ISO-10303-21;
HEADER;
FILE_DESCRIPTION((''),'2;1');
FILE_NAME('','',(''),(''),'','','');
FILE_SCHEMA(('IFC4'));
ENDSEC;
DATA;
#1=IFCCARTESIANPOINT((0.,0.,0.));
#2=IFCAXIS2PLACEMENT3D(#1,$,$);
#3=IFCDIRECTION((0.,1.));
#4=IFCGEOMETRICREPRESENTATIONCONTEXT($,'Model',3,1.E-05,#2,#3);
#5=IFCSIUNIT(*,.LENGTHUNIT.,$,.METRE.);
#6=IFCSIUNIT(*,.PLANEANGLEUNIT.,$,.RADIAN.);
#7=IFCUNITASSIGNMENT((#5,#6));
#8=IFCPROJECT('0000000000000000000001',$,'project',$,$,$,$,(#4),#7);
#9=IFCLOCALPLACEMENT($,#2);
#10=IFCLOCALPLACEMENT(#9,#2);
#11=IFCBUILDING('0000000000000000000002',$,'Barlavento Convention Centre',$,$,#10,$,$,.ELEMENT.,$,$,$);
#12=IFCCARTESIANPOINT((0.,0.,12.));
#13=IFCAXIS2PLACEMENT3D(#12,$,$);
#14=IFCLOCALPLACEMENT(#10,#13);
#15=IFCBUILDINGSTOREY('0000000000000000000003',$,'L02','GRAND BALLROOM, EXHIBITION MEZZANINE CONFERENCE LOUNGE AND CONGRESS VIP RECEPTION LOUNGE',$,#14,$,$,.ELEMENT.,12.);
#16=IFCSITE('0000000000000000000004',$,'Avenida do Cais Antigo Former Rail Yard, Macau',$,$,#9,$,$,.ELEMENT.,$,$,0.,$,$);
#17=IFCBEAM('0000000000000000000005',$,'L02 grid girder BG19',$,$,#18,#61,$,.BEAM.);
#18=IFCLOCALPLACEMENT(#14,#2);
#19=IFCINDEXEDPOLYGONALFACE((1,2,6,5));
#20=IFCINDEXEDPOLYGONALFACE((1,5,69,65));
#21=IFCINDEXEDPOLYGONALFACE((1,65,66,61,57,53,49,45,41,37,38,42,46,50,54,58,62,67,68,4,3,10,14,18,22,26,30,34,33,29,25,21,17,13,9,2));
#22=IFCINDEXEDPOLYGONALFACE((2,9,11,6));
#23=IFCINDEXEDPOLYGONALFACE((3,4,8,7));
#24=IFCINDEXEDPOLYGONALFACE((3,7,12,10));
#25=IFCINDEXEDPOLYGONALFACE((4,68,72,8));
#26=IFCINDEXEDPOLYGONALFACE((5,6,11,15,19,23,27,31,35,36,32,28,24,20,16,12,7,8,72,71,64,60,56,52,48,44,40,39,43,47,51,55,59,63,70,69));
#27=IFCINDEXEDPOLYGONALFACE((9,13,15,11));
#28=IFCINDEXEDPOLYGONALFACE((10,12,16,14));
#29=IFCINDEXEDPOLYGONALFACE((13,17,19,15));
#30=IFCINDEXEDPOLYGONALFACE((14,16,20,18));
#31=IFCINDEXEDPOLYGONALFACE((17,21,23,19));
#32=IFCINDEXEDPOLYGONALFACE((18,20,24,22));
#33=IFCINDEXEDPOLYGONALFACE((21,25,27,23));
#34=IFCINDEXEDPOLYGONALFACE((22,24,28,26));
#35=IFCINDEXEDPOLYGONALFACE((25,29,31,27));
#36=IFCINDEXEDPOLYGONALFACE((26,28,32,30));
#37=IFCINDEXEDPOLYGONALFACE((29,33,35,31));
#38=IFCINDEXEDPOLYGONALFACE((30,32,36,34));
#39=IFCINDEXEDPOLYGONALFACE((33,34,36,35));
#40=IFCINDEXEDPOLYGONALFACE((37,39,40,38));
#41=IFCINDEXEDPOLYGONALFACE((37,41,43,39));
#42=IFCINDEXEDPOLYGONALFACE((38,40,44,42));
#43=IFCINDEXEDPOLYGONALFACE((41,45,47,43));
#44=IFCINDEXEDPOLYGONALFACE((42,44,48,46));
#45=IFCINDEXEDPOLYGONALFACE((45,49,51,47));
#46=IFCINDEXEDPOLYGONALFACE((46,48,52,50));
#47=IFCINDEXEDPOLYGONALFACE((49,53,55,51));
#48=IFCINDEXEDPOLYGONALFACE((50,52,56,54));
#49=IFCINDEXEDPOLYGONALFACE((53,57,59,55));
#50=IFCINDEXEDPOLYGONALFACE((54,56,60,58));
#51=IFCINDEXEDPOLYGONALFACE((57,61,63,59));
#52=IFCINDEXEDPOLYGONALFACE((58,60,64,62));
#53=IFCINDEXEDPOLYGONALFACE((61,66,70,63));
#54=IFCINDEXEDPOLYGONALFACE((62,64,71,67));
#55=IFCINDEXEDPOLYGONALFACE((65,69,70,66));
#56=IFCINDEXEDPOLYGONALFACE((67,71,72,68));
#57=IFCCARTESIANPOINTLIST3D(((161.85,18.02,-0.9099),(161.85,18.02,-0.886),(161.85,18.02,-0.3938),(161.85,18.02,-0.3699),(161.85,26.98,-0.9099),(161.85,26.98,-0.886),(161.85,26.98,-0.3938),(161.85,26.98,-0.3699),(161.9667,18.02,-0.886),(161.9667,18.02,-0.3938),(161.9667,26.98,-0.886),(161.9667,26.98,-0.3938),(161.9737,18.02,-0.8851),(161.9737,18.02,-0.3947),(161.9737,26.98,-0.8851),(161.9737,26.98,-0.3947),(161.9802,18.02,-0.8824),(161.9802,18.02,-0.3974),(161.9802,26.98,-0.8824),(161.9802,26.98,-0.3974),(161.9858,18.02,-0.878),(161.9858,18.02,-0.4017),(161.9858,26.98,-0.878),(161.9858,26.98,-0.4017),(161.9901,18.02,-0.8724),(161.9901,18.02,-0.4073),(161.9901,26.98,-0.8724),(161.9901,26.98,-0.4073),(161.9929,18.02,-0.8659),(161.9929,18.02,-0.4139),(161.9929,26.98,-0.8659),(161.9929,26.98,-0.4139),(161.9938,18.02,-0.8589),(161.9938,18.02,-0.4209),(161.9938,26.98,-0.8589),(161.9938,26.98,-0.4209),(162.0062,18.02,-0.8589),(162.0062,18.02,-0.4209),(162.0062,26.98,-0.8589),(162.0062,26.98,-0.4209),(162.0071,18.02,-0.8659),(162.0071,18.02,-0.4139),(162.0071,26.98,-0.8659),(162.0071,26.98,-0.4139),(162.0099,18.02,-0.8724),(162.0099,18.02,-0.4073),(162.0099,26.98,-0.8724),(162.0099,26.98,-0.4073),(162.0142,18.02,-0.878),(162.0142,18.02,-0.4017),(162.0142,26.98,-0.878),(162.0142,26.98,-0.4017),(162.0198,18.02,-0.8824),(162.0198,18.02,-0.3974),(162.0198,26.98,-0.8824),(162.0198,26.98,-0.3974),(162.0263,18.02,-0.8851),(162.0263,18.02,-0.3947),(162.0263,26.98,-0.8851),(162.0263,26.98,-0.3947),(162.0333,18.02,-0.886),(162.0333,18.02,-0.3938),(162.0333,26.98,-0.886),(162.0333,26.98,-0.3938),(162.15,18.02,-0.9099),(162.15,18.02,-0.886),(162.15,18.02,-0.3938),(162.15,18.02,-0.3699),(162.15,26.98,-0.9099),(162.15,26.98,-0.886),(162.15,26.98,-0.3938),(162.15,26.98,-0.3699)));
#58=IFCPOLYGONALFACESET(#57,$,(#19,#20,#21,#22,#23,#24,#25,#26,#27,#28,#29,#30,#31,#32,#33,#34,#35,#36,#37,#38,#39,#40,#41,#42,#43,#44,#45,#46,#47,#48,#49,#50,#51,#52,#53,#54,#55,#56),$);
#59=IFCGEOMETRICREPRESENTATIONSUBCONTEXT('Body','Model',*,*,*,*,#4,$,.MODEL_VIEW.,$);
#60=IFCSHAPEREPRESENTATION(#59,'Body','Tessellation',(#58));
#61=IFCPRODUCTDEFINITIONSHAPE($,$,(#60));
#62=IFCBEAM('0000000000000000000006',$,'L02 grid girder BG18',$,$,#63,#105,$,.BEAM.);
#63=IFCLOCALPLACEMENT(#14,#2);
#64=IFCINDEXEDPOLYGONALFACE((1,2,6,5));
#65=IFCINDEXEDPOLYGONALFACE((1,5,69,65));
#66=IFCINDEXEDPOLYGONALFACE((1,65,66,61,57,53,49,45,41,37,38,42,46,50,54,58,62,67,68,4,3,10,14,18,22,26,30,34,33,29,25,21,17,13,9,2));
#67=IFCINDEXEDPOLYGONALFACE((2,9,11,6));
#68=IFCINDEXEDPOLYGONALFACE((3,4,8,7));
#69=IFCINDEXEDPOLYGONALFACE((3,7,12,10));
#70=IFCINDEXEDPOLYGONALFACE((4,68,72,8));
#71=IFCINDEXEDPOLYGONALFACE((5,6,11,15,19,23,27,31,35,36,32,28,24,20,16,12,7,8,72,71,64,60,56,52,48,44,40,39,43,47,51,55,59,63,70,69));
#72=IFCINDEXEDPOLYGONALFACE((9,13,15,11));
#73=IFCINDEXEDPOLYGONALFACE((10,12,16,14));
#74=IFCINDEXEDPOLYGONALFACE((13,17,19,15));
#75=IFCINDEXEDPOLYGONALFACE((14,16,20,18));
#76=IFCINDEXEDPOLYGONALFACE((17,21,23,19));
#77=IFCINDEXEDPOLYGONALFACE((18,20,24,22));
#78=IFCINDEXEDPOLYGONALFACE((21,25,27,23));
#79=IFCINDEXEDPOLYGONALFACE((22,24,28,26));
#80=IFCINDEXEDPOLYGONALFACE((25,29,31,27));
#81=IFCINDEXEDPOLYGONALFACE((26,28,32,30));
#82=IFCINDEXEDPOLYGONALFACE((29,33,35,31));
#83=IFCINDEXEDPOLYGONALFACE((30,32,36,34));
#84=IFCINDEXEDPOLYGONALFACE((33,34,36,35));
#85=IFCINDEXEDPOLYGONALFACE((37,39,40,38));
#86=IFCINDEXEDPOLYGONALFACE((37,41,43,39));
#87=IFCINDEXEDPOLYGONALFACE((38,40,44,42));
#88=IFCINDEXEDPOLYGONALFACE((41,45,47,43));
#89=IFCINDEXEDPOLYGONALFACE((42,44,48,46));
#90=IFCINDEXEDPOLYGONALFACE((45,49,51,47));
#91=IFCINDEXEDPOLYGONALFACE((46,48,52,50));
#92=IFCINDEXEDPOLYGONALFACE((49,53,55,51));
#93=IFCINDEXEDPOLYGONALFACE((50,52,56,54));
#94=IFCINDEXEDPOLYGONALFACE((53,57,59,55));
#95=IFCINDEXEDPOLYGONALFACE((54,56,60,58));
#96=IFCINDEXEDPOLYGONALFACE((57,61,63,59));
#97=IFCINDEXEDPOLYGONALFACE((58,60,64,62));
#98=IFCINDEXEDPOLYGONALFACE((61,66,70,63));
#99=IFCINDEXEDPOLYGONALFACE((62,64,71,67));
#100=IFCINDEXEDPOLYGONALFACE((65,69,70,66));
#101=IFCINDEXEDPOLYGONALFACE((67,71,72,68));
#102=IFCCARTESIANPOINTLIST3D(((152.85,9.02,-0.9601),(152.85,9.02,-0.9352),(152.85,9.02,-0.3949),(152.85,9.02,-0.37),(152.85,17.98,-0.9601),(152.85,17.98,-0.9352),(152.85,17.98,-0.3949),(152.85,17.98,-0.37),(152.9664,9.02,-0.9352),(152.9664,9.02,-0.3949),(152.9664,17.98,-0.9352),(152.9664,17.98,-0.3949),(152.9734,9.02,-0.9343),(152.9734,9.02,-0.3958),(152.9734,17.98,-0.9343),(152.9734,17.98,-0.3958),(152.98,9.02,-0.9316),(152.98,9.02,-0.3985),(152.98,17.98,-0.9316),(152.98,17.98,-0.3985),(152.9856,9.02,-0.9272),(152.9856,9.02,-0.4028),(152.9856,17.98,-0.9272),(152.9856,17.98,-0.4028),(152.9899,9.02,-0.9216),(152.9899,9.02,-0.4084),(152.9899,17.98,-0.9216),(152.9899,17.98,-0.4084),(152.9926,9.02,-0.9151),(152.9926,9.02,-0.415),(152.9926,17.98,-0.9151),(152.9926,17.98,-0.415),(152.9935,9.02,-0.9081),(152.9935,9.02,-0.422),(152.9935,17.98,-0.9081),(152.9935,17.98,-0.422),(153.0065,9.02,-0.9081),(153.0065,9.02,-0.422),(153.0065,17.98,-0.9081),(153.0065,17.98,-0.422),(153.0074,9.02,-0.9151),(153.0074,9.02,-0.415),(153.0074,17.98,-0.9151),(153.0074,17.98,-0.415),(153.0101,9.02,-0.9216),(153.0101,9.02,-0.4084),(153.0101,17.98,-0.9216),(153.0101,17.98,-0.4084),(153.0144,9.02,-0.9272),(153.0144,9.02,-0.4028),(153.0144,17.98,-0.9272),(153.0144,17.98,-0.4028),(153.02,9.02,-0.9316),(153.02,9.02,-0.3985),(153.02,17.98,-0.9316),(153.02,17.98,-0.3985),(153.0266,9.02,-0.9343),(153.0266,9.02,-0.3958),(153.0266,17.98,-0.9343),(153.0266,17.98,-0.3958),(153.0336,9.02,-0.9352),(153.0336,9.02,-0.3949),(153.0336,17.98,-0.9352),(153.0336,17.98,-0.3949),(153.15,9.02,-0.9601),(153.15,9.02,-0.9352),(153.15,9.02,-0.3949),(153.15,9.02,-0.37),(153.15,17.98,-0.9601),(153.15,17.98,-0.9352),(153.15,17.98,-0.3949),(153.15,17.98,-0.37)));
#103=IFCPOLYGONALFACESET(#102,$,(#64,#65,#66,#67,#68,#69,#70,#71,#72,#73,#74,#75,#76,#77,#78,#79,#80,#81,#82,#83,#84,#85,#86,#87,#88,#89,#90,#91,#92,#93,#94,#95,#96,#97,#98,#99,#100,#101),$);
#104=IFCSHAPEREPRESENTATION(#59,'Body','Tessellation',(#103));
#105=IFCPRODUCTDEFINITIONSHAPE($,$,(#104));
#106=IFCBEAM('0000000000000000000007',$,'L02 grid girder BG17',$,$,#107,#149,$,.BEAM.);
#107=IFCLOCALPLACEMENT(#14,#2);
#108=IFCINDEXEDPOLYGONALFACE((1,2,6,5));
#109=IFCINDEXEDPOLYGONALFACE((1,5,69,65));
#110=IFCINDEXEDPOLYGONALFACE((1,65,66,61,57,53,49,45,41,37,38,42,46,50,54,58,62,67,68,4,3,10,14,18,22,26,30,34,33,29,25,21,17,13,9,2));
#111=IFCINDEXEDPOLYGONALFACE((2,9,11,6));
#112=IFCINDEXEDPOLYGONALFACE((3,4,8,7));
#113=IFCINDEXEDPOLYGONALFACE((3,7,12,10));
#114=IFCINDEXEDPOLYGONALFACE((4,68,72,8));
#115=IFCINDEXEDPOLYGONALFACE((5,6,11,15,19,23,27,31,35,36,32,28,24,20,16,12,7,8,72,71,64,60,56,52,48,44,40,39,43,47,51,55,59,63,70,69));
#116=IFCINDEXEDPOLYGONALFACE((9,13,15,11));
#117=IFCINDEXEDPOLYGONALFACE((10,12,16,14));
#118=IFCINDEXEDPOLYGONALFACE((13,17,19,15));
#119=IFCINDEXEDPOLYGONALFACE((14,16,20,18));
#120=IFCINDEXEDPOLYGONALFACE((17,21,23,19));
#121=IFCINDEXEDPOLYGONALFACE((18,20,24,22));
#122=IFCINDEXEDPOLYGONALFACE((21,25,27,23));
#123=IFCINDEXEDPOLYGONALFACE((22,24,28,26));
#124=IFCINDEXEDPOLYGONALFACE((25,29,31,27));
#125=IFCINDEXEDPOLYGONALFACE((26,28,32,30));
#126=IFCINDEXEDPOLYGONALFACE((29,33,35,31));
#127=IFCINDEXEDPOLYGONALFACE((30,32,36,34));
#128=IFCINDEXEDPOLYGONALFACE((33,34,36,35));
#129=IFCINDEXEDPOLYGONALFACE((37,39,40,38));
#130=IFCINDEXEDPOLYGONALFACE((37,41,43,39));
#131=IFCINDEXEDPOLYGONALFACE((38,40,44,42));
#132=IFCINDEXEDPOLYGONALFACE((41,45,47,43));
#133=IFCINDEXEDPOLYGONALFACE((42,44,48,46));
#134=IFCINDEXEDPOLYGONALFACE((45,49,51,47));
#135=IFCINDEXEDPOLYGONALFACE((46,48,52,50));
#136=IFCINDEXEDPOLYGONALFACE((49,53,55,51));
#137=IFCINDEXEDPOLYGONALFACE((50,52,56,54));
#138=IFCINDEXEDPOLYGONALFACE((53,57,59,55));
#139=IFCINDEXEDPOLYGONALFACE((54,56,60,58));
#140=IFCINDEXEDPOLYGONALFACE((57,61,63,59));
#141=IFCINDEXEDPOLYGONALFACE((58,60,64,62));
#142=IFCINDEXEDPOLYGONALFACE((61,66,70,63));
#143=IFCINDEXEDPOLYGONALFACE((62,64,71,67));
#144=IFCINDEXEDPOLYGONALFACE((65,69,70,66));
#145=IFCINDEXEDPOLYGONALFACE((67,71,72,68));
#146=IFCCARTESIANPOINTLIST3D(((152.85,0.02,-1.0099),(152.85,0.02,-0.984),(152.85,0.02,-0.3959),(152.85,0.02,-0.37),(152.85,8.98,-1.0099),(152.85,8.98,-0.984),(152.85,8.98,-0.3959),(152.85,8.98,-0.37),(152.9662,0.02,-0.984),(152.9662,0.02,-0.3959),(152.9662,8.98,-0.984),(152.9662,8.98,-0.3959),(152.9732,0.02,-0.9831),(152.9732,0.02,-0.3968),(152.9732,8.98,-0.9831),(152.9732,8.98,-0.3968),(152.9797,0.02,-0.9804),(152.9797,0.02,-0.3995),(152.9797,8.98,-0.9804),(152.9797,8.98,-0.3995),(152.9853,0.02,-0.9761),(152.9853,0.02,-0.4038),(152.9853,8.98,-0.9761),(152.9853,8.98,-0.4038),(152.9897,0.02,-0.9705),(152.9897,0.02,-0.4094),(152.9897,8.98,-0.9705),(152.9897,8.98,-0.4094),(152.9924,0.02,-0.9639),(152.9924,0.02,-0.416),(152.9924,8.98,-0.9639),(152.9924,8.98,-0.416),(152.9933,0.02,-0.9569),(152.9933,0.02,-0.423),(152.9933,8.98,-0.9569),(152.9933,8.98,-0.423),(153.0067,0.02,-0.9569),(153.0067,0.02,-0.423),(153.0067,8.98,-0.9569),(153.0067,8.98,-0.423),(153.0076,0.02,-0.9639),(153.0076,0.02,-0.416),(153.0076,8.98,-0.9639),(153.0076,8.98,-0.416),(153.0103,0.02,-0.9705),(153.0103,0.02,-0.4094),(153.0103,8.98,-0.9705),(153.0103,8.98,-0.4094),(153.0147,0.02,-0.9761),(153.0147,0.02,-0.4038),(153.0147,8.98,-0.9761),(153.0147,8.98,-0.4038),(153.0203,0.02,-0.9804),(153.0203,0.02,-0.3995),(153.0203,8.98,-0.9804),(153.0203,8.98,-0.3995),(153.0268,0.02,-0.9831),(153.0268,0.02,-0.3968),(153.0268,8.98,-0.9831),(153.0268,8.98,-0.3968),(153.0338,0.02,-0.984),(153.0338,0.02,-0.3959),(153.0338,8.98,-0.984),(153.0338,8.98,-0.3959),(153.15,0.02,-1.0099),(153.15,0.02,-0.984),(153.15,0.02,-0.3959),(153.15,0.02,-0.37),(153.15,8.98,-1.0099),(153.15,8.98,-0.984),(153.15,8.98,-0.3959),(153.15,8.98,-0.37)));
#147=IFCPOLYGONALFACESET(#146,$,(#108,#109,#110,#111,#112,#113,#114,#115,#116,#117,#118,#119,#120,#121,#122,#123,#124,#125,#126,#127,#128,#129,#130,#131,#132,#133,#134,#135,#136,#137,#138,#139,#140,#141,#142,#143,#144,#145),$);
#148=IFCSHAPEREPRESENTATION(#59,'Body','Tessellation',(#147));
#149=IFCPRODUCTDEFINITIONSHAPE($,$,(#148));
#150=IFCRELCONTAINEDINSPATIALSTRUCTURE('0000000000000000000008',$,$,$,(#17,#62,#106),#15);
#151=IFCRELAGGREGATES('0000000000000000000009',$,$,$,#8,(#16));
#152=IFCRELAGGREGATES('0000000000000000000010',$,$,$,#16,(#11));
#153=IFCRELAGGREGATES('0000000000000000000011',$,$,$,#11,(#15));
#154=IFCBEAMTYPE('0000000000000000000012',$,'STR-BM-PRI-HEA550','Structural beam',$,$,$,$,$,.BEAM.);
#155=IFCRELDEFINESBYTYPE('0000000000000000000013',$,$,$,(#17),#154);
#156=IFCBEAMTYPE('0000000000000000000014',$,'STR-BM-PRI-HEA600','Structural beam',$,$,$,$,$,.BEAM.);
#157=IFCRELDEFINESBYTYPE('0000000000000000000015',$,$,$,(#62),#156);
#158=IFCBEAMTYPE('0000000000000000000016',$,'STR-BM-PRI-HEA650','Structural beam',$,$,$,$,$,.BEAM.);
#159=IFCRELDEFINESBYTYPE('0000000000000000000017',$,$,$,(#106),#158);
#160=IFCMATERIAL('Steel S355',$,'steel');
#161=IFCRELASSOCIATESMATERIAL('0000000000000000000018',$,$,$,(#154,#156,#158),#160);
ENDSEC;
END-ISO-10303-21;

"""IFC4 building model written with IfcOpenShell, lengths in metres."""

from ifc_helpers import new_model, si_unit, direction, frame, origin, origin_2d, place, context, subcontext, project, spatial, i_section, extrude, material, material_profile, profile_set, type_object, element, save


model = new_model("IFC4")

# Units and contexts
model_context = context("Model", 3, precision=1e-05, world=origin(), true_north=direction((0.0, 1.0)))
body_context = subcontext(model_context, "Body", "Model", "MODEL_VIEW")
ifc_project = project(units=[si_unit("LENGTHUNIT", "METRE"), si_unit("PLANEANGLEUNIT", "RADIAN")], contexts=[model_context])

# Site, building, storey
site_placement = place(None, origin())
site = spatial("IfcSite", under=ifc_project, at=site_placement, Name="Avenida do Cais Antigo Former Rail Yard, Macau", CompositionType="ELEMENT", RefElevation=0.0)
building_placement = place(site_placement, origin())
building = spatial("IfcBuilding", under=site, at=building_placement, Name="Barlavento Convention Centre", CompositionType="ELEMENT")
storey_placement = place(building_placement, frame((0.0, 0.0, 12.0)))
storey = spatial("IfcBuildingStorey", under=building, at=storey_placement, Name="L02", Description="GRAND BALLROOM, EXHIBITION MEZZANINE CONFERENCE LOUNGE AND CONGRESS VIP RECEPTION LOUNGE", CompositionType="ELEMENT", Elevation=12.0)

# Beams
ifc_material_1 = material(Name="Steel S355", Category="steel")
ifc_material_profile_1 = material_profile(ifc_material_1, i_section(OverallWidth=0.3, OverallDepth=0.54, WebThickness=0.0125, FlangeThickness=0.0239, FilletRadius=0.0271, at=origin_2d()), Name="HEA 550")
ifc_profile_set_1 = profile_set([ifc_material_profile_1], Name="Steel S355")
beam_type_1 = type_object("IfcBeamType", Name="STR-BM-PRI-HEA550", Description="Structural beam", PredefinedType="BEAM", material=ifc_profile_set_1)
beam_1_placement = place(storey_placement, frame((162.0, 18.02, -0.6399), z_axis=(0.0, 1.0, 0.0), x_axis=(-1.0, 0.0, 0.0)))
element("IfcBeam", 1, at=beam_1_placement, inside=storey, type_object=beam_type_1, Name="L02 grid girder BG19", PredefinedType="BEAM", context=body_context, shape_type="SweptSolid", body=[
    extrude(i_section(OverallWidth=0.3, OverallDepth=0.54, WebThickness=0.0125, FlangeThickness=0.0239, FilletRadius=0.0271, at=origin_2d()), origin(), (0.0, 0.0, 1.0), 8.96),
])
ifc_material_profile_2 = material_profile(ifc_material_1, i_section(OverallWidth=0.3, OverallDepth=0.5901, WebThickness=0.0129, FlangeThickness=0.0249, FilletRadius=0.0271, at=origin_2d()), Name="HEA 600")
ifc_profile_set_2 = profile_set([ifc_material_profile_2], Name="Steel S355")
beam_type_2 = type_object("IfcBeamType", Name="STR-BM-PRI-HEA600", Description="Structural beam", PredefinedType="BEAM", material=ifc_profile_set_2)
beam_2_placement = place(storey_placement, frame((153.0, 9.02, -0.665), z_axis=(0.0, 1.0, 0.0), x_axis=(-1.0, 0.0, 0.0)))
element("IfcBeam", 2, at=beam_2_placement, inside=storey, type_object=beam_type_2, Name="L02 grid girder BG18", PredefinedType="BEAM", context=body_context, shape_type="SweptSolid", body=[
    extrude(i_section(OverallWidth=0.3, OverallDepth=0.5901, WebThickness=0.0129, FlangeThickness=0.0249, FilletRadius=0.0271, at=origin_2d()), origin(), (0.0, 0.0, 1.0), 8.96),
])
ifc_material_profile_3 = material_profile(ifc_material_1, i_section(OverallWidth=0.3, OverallDepth=0.6399, WebThickness=0.0134, FlangeThickness=0.0259, FilletRadius=0.0271, at=origin_2d()), Name="HEA 650")
ifc_profile_set_3 = profile_set([ifc_material_profile_3], Name="Steel S355")
beam_type_3 = type_object("IfcBeamType", Name="STR-BM-PRI-HEA650", Description="Structural beam", PredefinedType="BEAM", material=ifc_profile_set_3)
beam_3_placement = place(storey_placement, frame((153.0, 0.02, -0.6899), z_axis=(0.0, 1.0, 0.0), x_axis=(-1.0, 0.0, 0.0)))
element("IfcBeam", 3, at=beam_3_placement, inside=storey, type_object=beam_type_3, Name="L02 grid girder BG17", PredefinedType="BEAM", context=body_context, shape_type="SweptSolid", body=[
    extrude(i_section(OverallWidth=0.3, OverallDepth=0.6399, WebThickness=0.0134, FlangeThickness=0.0259, FilletRadius=0.0271, at=origin_2d()), origin(), (0.0, 0.0, 1.0), 8.96),
])

save(model, "model.ifc")
